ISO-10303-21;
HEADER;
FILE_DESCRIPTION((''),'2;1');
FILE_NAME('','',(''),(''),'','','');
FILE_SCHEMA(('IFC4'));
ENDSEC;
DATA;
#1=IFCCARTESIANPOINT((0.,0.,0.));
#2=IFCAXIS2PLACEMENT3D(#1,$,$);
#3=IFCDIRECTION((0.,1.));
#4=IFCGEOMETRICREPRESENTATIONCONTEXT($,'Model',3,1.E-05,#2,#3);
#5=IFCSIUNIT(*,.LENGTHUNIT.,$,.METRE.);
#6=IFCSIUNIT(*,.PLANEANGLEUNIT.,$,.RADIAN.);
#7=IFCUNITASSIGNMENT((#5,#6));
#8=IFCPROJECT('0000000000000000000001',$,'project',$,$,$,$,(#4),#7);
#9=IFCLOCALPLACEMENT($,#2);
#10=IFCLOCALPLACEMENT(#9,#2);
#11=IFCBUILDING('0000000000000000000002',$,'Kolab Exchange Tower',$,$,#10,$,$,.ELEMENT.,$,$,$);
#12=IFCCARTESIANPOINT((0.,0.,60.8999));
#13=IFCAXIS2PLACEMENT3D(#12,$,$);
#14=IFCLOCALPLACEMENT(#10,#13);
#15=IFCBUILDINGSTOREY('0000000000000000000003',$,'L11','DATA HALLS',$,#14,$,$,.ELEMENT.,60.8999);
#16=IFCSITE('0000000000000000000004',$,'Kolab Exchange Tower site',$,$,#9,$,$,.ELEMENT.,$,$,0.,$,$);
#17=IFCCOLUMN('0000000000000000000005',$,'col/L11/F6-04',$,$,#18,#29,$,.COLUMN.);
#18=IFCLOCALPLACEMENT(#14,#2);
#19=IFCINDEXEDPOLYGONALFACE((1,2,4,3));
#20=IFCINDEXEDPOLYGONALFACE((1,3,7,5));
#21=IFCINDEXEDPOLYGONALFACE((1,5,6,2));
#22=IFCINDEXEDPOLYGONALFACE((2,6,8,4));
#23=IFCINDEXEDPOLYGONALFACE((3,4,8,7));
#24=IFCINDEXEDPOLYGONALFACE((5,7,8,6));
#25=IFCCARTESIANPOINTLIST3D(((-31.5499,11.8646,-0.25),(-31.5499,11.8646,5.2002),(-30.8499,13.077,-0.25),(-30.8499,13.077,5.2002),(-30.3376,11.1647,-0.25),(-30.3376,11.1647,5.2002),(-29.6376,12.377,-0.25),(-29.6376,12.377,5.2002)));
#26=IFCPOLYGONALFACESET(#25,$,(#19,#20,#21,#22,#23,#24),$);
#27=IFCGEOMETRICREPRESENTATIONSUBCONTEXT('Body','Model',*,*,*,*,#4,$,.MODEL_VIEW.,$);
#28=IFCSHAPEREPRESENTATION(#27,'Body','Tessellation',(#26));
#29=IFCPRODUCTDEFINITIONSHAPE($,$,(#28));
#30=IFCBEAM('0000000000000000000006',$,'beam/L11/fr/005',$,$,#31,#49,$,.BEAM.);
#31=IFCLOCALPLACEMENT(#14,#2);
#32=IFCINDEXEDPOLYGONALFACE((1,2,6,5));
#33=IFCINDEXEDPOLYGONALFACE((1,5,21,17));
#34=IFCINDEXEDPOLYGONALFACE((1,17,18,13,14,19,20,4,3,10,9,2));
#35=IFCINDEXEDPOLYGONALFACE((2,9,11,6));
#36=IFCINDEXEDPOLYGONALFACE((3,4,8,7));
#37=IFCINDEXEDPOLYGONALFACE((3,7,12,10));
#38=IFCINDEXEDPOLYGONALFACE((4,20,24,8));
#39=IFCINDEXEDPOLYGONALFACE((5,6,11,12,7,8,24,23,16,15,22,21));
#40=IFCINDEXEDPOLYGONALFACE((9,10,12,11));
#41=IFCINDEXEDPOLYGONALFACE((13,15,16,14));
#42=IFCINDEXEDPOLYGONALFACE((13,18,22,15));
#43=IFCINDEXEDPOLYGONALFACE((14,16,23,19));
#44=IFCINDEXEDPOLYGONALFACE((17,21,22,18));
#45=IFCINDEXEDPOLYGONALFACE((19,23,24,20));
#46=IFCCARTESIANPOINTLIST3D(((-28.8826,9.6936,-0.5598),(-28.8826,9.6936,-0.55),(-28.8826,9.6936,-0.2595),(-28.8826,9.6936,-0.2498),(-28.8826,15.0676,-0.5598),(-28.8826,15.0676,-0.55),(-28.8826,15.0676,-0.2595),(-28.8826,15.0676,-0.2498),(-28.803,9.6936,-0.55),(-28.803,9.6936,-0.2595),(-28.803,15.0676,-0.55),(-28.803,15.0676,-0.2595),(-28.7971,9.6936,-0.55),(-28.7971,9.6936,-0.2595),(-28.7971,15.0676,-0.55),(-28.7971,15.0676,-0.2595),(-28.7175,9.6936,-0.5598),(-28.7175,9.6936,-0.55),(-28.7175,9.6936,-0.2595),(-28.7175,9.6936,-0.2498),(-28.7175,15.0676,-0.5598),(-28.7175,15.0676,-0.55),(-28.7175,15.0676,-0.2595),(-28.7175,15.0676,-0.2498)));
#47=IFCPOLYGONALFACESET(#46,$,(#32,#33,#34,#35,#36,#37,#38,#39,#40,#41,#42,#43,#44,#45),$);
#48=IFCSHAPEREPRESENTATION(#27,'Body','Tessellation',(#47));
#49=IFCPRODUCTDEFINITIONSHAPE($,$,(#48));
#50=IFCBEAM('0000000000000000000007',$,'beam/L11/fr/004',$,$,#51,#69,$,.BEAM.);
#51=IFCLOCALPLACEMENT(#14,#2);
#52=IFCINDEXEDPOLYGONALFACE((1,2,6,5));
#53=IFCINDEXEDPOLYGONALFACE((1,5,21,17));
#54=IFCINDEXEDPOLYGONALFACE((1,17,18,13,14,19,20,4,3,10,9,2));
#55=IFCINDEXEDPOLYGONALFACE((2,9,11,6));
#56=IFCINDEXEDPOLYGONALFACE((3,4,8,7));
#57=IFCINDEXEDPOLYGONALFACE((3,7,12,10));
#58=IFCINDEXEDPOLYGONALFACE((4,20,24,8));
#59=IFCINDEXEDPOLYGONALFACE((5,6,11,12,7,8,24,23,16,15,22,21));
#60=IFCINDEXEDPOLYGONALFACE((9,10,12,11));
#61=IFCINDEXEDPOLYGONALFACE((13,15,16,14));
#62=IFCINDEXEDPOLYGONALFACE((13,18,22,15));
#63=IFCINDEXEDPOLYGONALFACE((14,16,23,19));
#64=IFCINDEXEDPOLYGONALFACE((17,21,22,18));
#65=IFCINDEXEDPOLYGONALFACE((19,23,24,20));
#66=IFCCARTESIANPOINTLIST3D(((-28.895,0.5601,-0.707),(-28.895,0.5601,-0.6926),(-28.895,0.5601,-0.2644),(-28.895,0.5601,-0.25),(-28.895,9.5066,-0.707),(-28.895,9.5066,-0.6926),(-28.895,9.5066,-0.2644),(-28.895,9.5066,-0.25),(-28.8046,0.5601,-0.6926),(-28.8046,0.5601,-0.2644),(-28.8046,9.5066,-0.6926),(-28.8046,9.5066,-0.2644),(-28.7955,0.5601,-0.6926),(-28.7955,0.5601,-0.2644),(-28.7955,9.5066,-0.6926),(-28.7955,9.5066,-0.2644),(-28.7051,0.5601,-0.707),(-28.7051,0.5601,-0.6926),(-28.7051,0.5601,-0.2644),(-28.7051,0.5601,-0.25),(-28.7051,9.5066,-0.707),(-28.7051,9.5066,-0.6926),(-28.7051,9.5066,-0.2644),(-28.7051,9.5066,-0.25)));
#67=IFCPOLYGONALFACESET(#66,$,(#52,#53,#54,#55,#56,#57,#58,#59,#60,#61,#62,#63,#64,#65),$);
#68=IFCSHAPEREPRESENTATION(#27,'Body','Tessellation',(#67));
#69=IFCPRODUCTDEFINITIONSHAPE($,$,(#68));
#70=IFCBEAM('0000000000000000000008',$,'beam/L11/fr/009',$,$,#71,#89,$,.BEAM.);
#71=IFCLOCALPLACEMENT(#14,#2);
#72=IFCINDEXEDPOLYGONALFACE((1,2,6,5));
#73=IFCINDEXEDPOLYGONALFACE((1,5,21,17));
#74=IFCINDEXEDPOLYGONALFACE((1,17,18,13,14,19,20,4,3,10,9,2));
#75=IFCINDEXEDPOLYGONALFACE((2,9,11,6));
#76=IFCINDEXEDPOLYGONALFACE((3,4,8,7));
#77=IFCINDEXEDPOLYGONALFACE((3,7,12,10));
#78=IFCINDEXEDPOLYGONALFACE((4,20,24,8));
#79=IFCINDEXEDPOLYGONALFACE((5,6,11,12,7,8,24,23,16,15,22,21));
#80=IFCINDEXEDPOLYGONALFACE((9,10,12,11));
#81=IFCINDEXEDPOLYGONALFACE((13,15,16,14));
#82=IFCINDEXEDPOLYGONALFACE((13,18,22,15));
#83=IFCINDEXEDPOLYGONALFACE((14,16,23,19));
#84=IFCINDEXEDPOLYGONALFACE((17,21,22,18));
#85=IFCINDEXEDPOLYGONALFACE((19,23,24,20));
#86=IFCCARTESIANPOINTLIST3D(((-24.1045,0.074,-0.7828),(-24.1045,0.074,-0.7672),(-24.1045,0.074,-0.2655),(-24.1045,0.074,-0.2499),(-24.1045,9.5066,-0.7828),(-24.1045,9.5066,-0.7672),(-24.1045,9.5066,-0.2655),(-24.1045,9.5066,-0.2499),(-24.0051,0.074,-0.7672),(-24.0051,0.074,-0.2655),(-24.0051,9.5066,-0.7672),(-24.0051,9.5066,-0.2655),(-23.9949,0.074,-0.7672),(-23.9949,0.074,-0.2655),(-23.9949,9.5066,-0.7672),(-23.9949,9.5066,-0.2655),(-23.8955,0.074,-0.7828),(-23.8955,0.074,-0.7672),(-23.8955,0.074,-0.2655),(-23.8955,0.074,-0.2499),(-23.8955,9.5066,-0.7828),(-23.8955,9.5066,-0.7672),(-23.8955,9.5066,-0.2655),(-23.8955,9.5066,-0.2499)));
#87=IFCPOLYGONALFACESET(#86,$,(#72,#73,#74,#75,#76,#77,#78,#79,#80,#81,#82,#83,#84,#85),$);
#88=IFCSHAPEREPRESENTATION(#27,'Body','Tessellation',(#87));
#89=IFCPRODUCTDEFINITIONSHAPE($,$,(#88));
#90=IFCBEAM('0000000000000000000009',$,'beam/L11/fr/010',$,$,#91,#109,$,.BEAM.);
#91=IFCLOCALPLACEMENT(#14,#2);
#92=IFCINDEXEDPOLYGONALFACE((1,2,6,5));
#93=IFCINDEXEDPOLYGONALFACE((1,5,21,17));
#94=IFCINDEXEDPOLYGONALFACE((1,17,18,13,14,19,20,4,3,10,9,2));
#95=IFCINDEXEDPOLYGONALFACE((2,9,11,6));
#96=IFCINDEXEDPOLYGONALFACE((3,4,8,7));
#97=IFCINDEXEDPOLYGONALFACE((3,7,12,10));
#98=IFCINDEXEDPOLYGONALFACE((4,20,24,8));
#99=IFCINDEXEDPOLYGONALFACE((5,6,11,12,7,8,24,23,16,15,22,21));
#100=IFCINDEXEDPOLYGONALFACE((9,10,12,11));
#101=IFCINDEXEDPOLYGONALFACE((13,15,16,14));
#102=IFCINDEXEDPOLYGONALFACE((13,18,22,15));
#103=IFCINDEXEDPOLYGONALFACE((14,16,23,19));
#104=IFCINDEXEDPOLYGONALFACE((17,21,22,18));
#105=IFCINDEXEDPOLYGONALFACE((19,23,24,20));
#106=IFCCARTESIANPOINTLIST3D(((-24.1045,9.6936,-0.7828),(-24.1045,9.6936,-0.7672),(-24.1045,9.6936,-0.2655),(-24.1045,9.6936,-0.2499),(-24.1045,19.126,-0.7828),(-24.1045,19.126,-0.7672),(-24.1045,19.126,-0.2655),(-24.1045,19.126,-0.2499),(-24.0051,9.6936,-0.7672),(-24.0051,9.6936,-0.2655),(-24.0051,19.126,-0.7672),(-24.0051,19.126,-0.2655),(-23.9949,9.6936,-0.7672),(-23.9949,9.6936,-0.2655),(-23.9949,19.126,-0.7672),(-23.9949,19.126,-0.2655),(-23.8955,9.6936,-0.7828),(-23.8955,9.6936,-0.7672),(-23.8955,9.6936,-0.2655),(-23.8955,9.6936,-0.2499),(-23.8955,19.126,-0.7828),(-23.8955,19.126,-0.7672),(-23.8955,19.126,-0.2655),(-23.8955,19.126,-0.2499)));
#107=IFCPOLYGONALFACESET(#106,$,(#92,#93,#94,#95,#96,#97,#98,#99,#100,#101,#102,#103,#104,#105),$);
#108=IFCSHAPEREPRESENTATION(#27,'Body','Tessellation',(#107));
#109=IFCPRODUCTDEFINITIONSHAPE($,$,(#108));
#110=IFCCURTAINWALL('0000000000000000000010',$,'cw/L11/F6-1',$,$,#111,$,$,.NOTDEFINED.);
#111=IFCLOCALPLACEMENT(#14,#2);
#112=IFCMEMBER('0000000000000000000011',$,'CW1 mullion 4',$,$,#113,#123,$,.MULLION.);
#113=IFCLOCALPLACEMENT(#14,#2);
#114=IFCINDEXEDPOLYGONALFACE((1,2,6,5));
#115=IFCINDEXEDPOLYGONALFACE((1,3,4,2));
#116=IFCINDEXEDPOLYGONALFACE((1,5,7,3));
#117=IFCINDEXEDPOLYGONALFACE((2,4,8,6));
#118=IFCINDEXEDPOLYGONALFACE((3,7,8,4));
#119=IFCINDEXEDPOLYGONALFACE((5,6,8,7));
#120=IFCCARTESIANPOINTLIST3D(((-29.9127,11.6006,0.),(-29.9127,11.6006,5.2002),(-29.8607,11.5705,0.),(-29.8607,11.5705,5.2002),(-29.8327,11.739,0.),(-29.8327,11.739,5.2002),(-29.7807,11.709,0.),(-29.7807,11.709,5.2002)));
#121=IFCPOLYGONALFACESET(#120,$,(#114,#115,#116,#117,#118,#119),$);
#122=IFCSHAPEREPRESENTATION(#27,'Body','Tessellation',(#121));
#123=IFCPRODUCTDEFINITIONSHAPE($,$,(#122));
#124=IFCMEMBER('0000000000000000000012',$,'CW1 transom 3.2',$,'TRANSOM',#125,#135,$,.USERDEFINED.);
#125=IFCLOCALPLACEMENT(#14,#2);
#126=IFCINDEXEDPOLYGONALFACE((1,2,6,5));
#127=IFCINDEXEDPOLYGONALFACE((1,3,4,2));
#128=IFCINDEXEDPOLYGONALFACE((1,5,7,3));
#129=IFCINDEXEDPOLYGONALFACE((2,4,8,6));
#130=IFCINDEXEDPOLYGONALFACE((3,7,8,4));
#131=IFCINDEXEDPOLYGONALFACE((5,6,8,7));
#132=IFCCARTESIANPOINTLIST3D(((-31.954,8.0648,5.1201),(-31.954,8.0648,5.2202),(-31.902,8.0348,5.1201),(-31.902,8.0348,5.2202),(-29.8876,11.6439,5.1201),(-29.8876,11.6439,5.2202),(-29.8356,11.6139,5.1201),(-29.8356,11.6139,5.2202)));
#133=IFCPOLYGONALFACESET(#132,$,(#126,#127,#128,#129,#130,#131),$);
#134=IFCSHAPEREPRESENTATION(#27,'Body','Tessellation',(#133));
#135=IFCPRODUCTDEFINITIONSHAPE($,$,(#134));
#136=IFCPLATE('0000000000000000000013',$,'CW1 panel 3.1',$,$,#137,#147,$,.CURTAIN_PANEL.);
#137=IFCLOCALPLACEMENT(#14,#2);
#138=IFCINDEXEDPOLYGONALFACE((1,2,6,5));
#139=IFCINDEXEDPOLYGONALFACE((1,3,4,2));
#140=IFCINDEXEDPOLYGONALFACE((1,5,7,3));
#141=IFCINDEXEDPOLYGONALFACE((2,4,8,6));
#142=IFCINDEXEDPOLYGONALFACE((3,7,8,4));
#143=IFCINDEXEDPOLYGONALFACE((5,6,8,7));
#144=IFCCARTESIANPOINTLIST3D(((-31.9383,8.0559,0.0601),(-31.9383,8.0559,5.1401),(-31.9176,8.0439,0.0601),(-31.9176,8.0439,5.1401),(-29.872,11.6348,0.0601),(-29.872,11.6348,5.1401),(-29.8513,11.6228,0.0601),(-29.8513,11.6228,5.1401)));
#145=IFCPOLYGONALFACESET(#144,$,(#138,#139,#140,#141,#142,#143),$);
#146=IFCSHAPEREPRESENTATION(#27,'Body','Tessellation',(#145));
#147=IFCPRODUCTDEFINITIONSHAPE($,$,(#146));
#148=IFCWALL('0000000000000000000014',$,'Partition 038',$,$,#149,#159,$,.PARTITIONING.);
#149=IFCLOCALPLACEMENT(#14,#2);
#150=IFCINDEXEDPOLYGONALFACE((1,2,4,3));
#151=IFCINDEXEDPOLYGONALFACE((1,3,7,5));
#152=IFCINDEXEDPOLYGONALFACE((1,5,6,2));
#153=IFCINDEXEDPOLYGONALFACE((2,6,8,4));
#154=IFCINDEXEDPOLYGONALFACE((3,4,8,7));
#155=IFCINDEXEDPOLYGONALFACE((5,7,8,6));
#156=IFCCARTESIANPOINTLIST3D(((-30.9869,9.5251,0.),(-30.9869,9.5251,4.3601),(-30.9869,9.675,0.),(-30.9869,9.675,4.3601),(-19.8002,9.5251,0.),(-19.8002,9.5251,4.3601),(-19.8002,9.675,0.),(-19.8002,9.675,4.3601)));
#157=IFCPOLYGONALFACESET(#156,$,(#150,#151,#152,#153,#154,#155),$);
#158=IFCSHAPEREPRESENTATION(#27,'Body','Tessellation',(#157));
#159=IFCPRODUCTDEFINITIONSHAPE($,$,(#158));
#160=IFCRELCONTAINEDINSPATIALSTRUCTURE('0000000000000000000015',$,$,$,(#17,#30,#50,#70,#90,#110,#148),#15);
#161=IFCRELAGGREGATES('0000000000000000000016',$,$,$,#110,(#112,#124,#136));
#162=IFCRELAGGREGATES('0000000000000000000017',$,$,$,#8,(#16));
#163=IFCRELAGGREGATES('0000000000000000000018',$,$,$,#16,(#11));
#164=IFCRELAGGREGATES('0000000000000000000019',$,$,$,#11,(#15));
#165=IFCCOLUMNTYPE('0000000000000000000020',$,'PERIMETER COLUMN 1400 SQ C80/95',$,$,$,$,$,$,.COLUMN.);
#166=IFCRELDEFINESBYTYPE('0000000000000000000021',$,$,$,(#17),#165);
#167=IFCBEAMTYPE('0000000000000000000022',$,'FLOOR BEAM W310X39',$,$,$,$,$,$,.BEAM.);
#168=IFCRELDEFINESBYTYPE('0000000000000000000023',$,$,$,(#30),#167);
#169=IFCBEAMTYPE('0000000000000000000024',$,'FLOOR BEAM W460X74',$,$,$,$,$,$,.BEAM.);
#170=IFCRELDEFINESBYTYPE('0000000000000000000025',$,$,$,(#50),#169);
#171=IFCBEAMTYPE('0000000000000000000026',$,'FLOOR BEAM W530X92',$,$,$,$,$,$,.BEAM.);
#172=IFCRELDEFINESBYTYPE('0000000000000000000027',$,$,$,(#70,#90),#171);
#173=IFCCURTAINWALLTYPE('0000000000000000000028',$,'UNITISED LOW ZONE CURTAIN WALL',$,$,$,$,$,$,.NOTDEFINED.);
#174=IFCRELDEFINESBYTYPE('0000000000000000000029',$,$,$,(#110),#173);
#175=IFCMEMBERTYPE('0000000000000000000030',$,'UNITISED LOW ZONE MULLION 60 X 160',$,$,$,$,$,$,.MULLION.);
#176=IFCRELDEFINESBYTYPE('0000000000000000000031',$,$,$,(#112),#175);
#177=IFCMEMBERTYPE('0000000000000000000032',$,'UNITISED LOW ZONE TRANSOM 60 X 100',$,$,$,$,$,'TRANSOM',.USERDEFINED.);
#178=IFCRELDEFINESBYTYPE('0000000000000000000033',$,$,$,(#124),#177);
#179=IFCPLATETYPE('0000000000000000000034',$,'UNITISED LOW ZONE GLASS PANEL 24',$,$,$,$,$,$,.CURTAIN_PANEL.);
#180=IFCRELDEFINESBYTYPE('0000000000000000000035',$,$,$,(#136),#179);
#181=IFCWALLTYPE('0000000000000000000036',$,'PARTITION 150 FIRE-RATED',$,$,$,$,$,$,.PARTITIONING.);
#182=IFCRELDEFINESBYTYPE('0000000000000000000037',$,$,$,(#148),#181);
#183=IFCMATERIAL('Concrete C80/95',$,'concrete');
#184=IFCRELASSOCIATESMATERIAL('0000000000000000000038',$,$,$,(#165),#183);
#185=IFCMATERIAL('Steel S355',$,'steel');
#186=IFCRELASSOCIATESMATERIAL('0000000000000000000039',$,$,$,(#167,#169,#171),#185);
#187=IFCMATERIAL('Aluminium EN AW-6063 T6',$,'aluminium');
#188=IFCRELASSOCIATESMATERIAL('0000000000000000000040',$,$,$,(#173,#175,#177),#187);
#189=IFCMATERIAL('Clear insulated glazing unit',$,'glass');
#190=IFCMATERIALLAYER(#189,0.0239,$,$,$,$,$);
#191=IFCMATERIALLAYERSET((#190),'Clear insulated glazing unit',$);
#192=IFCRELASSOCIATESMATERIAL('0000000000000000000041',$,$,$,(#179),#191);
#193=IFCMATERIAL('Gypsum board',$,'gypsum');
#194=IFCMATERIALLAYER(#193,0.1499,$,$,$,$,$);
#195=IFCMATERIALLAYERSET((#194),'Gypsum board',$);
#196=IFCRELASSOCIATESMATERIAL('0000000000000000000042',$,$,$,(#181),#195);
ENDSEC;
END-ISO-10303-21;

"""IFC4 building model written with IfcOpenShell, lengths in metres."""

from ifc_helpers import new_model, si_unit, direction, frame, frame_2d, origin, origin_2d, place, context, subcontext, project, spatial, rectangle, i_section, extrude, material, layer, layer_set, material_profile, profile_set, type_object, element, aggregate, save


model = new_model("IFC4")

# Units and contexts
model_context = context("Model", 3, precision=1e-05, world=origin(), true_north=direction((0.0, 1.0)))
body_context = subcontext(model_context, "Body", "Model", "MODEL_VIEW")
ifc_project = project(units=[si_unit("LENGTHUNIT", "METRE"), si_unit("PLANEANGLEUNIT", "RADIAN")], contexts=[model_context])

# Site, building, storey
site_placement = place(None, origin())
site = spatial("IfcSite", under=ifc_project, at=site_placement, Name="Kolab Exchange Tower site", CompositionType="ELEMENT", RefElevation=0.0)
building_placement = place(site_placement, origin())
building = spatial("IfcBuilding", under=site, at=building_placement, Name="Kolab Exchange Tower", CompositionType="ELEMENT")
storey_placement = place(building_placement, frame((0.0, 0.0, 60.8999)))
storey = spatial("IfcBuildingStorey", under=building, at=storey_placement, Name="L11", Description="DATA HALLS", CompositionType="ELEMENT", Elevation=60.8999)

# Column
ifc_material_1 = material(Name="Concrete C80/95", Category="concrete")
ifc_material_profile_1 = material_profile(ifc_material_1, rectangle(XDim=1.3999, YDim=1.3999, at=origin_2d()), Name="RC1400")
ifc_profile_set_1 = profile_set([ifc_material_profile_1], Name="Concrete C80/95")
column_type = type_object("IfcColumnType", Name="PERIMETER COLUMN 1400 SQ C80/95", PredefinedType="COLUMN", material=ifc_profile_set_1)
column_placement = place(storey_placement, frame((-30.5938, 12.1208, -0.25), z_axis=(0.0, 0.0, 1.0), x_axis=(0.5, 0.866025, 0.0)))
element("IfcColumn", 1, at=column_placement, inside=storey, type_object=column_type, Name="col/L11/F6-04", PredefinedType="COLUMN", context=body_context, shape_type="SweptSolid", body=[
    extrude(rectangle(XDim=1.3999, YDim=1.3999, at=origin_2d()), origin(), (0.0, 0.0, 1.0), 5.4502),
])

# Beams
ifc_material_2 = material(Name="Steel S355", Category="steel")
ifc_material_profile_2 = material_profile(ifc_material_2, i_section(OverallWidth=0.165, OverallDepth=0.3101, WebThickness=0.0059, FlangeThickness=0.0098, at=origin_2d()), Name="W310X39")
ifc_profile_set_2 = profile_set([ifc_material_profile_2], Name="Steel S355")
beam_type_1 = type_object("IfcBeamType", Name="FLOOR BEAM W310X39", PredefinedType="BEAM", material=ifc_profile_set_2)
beam_1_placement = place(storey_placement, frame((-28.8, 9.6936, -0.4048), z_axis=(0.0, 1.0, 0.0), x_axis=(-1.0, 0.0, 0.0)))
element("IfcBeam", 2, at=beam_1_placement, inside=storey, type_object=beam_type_1, Name="beam/L11/fr/005", PredefinedType="BEAM", context=body_context, shape_type="SweptSolid", body=[
    extrude(i_section(OverallWidth=0.165, OverallDepth=0.3101, WebThickness=0.0059, FlangeThickness=0.0098, at=origin_2d()), origin(), (0.0, 0.0, 1.0), 5.374),
])
ifc_material_profile_3 = material_profile(ifc_material_2, i_section(OverallWidth=0.1899, OverallDepth=0.457, WebThickness=0.009, FlangeThickness=0.0144, at=origin_2d()), Name="W460X74")
ifc_profile_set_3 = profile_set([ifc_material_profile_3], Name="Steel S355")
beam_type_2 = type_object("IfcBeamType", Name="FLOOR BEAM W460X74", PredefinedType="BEAM", material=ifc_profile_set_3)
beam_2_placement = place(storey_placement, frame((-28.8, 0.5601, -0.4785), z_axis=(0.0, 1.0, 0.0), x_axis=(-1.0, 0.0, 0.0)))
element("IfcBeam", 3, at=beam_2_placement, inside=storey, type_object=beam_type_2, Name="beam/L11/fr/004", PredefinedType="BEAM", context=body_context, shape_type="SweptSolid", body=[
    extrude(i_section(OverallWidth=0.1899, OverallDepth=0.457, WebThickness=0.009, FlangeThickness=0.0144, at=origin_2d()), origin(), (0.0, 0.0, 1.0), 8.9465),
])
ifc_material_profile_4 = material_profile(ifc_material_2, i_section(OverallWidth=0.209, OverallDepth=0.533, WebThickness=0.0103, FlangeThickness=0.0156, at=origin_2d()), Name="W530X92")
ifc_profile_set_4 = profile_set([ifc_material_profile_4], Name="Steel S355")
beam_type_3 = type_object("IfcBeamType", Name="FLOOR BEAM W530X92", PredefinedType="BEAM", material=ifc_profile_set_4)
beam_3_placement = place(storey_placement, frame((-24.0, 0.074, -0.5164), z_axis=(0.0, 1.0, 0.0), x_axis=(-1.0, 0.0, 0.0)))
element("IfcBeam", 4, at=beam_3_placement, inside=storey, type_object=beam_type_3, Name="beam/L11/fr/009", PredefinedType="BEAM", context=body_context, shape_type="SweptSolid", body=[
    extrude(i_section(OverallWidth=0.209, OverallDepth=0.533, WebThickness=0.0103, FlangeThickness=0.0156, at=origin_2d()), origin(), (0.0, 0.0, 1.0), 9.4326),
])
beam_4_placement = place(storey_placement, frame((-24.0, 9.6936, -0.5164), z_axis=(0.0, 1.0, 0.0), x_axis=(-1.0, 0.0, 0.0)))
element("IfcBeam", 5, at=beam_4_placement, inside=storey, type_object=beam_type_3, Name="beam/L11/fr/010", PredefinedType="BEAM", context=body_context, shape_type="SweptSolid", body=[
    extrude(i_section(OverallWidth=0.209, OverallDepth=0.533, WebThickness=0.0103, FlangeThickness=0.0156, at=origin_2d()), origin(), (0.0, 0.0, 1.0), 9.4324),
])

# Curtain wall, members, plate
ifc_material_3 = material(Name="Aluminium EN AW-6063 T6", Category="aluminium")
curtain_wall_type = type_object("IfcCurtainWallType", Name="UNITISED LOW ZONE CURTAIN WALL", PredefinedType="NOTDEFINED", material=ifc_material_3)
curtain_wall_placement = place(storey_placement, origin())
curtain_wall = element("IfcCurtainWall", 6, at=curtain_wall_placement, inside=storey, type_object=curtain_wall_type, Name="cw/L11/F6-1", PredefinedType="NOTDEFINED")
ifc_material_profile_5 = material_profile(ifc_material_3, rectangle(XDim=0.0601, YDim=0.1599, at=origin_2d()), Name="RECT 60X160")
ifc_profile_set_5 = profile_set([ifc_material_profile_5], Name="Aluminium EN AW-6063 T6")
member_type_1 = type_object("IfcMemberType", Name="UNITISED LOW ZONE MULLION 60 X 160", PredefinedType="MULLION", material=ifc_profile_set_5)
member_1_placement = place(storey_placement, frame((-29.8467, 11.6548, 0.0), z_axis=(0.0, 0.0, 1.0), x_axis=(-0.866025, 0.5, 0.0)))
member_1 = element("IfcMember", 7, at=member_1_placement, type_object=member_type_1, Name="CW1 mullion 4", PredefinedType="MULLION", context=body_context, shape_type="SweptSolid", body=[
    extrude(rectangle(XDim=0.0601, YDim=0.1599, at=origin_2d()), origin(), (0.0, 0.0, 1.0), 5.2002),
])
ifc_material_profile_6 = material_profile(ifc_material_3, rectangle(XDim=0.0601, YDim=0.1001, at=origin_2d()), Name="RECT 60X100")
ifc_profile_set_6 = profile_set([ifc_material_profile_6], Name="Aluminium EN AW-6063 T6")
member_type_2 = type_object("IfcMemberType", Name="UNITISED LOW ZONE TRANSOM 60 X 100", ElementType="TRANSOM", PredefinedType="USERDEFINED", material=ifc_profile_set_6)
member_2_placement = place(storey_placement, frame((-31.928, 8.0498, 5.1702), z_axis=(0.500002, 0.866024, 0.0), x_axis=(-0.866024, 0.500002, 0.0)))
member_2 = element("IfcMember", 8, at=member_2_placement, type_object=member_type_2, Name="CW1 transom 3.2", ObjectType="TRANSOM", PredefinedType="USERDEFINED", context=body_context, shape_type="SweptSolid", body=[
    extrude(rectangle(XDim=0.0601, YDim=0.1001, at=origin_2d()), origin(), (0.0, 0.0, 1.0), 4.1328),
])
ifc_material_4 = material(Name="Clear insulated glazing unit", Category="glass")
ifc_layer_1 = layer(ifc_material_4, 0.0239)
ifc_layer_set_1 = layer_set([ifc_layer_1], Name="Clear insulated glazing unit")
plate_type = type_object("IfcPlateType", Name="UNITISED LOW ZONE GLASS PANEL 24", PredefinedType="CURTAIN_PANEL", material=ifc_layer_set_1)
plate_placement = place(storey_placement, frame((-30.8948, 9.8394, 0.0601), z_axis=(0.0, 0.0, 1.0), x_axis=(0.5, 0.866025, 0.0)))
plate = element("IfcPlate", 9, at=plate_placement, type_object=plate_type, Name="CW1 panel 3.1", PredefinedType="CURTAIN_PANEL", context=body_context, shape_type="SweptSolid", body=[
    extrude(rectangle(XDim=4.1326, YDim=0.0239, at=origin_2d()), origin(), (0.0, 0.0, 1.0), 5.0801),
])
aggregate(curtain_wall, [member_1, member_2, plate])

# Wall
ifc_material_5 = material(Name="Gypsum board", Category="gypsum")
ifc_layer_2 = layer(ifc_material_5, 0.1499)
ifc_layer_set_2 = layer_set([ifc_layer_2], Name="Gypsum board")
wall_type_1 = type_object("IfcWallType", Name="PARTITION 150 FIRE-RATED", PredefinedType="PARTITIONING", material=ifc_layer_set_2)
wall_1_placement = place(storey_placement, frame((-30.9868, 9.6001, 0.0), z_axis=(0.0, 0.0, 1.0), x_axis=(1.0, 0.0, 0.0)))
element("IfcWall", 10, at=wall_1_placement, inside=storey, type_object=wall_type_1, Name="Partition 038", PredefinedType="PARTITIONING", context=body_context, shape_type="SweptSolid", body=[
    extrude(rectangle(XDim=11.1868, YDim=0.1499, at=frame_2d((5.5933, 0.0))), origin(), (0.0, 0.0, 1.0), 4.3601),
])

save(model, "model.ifc")
